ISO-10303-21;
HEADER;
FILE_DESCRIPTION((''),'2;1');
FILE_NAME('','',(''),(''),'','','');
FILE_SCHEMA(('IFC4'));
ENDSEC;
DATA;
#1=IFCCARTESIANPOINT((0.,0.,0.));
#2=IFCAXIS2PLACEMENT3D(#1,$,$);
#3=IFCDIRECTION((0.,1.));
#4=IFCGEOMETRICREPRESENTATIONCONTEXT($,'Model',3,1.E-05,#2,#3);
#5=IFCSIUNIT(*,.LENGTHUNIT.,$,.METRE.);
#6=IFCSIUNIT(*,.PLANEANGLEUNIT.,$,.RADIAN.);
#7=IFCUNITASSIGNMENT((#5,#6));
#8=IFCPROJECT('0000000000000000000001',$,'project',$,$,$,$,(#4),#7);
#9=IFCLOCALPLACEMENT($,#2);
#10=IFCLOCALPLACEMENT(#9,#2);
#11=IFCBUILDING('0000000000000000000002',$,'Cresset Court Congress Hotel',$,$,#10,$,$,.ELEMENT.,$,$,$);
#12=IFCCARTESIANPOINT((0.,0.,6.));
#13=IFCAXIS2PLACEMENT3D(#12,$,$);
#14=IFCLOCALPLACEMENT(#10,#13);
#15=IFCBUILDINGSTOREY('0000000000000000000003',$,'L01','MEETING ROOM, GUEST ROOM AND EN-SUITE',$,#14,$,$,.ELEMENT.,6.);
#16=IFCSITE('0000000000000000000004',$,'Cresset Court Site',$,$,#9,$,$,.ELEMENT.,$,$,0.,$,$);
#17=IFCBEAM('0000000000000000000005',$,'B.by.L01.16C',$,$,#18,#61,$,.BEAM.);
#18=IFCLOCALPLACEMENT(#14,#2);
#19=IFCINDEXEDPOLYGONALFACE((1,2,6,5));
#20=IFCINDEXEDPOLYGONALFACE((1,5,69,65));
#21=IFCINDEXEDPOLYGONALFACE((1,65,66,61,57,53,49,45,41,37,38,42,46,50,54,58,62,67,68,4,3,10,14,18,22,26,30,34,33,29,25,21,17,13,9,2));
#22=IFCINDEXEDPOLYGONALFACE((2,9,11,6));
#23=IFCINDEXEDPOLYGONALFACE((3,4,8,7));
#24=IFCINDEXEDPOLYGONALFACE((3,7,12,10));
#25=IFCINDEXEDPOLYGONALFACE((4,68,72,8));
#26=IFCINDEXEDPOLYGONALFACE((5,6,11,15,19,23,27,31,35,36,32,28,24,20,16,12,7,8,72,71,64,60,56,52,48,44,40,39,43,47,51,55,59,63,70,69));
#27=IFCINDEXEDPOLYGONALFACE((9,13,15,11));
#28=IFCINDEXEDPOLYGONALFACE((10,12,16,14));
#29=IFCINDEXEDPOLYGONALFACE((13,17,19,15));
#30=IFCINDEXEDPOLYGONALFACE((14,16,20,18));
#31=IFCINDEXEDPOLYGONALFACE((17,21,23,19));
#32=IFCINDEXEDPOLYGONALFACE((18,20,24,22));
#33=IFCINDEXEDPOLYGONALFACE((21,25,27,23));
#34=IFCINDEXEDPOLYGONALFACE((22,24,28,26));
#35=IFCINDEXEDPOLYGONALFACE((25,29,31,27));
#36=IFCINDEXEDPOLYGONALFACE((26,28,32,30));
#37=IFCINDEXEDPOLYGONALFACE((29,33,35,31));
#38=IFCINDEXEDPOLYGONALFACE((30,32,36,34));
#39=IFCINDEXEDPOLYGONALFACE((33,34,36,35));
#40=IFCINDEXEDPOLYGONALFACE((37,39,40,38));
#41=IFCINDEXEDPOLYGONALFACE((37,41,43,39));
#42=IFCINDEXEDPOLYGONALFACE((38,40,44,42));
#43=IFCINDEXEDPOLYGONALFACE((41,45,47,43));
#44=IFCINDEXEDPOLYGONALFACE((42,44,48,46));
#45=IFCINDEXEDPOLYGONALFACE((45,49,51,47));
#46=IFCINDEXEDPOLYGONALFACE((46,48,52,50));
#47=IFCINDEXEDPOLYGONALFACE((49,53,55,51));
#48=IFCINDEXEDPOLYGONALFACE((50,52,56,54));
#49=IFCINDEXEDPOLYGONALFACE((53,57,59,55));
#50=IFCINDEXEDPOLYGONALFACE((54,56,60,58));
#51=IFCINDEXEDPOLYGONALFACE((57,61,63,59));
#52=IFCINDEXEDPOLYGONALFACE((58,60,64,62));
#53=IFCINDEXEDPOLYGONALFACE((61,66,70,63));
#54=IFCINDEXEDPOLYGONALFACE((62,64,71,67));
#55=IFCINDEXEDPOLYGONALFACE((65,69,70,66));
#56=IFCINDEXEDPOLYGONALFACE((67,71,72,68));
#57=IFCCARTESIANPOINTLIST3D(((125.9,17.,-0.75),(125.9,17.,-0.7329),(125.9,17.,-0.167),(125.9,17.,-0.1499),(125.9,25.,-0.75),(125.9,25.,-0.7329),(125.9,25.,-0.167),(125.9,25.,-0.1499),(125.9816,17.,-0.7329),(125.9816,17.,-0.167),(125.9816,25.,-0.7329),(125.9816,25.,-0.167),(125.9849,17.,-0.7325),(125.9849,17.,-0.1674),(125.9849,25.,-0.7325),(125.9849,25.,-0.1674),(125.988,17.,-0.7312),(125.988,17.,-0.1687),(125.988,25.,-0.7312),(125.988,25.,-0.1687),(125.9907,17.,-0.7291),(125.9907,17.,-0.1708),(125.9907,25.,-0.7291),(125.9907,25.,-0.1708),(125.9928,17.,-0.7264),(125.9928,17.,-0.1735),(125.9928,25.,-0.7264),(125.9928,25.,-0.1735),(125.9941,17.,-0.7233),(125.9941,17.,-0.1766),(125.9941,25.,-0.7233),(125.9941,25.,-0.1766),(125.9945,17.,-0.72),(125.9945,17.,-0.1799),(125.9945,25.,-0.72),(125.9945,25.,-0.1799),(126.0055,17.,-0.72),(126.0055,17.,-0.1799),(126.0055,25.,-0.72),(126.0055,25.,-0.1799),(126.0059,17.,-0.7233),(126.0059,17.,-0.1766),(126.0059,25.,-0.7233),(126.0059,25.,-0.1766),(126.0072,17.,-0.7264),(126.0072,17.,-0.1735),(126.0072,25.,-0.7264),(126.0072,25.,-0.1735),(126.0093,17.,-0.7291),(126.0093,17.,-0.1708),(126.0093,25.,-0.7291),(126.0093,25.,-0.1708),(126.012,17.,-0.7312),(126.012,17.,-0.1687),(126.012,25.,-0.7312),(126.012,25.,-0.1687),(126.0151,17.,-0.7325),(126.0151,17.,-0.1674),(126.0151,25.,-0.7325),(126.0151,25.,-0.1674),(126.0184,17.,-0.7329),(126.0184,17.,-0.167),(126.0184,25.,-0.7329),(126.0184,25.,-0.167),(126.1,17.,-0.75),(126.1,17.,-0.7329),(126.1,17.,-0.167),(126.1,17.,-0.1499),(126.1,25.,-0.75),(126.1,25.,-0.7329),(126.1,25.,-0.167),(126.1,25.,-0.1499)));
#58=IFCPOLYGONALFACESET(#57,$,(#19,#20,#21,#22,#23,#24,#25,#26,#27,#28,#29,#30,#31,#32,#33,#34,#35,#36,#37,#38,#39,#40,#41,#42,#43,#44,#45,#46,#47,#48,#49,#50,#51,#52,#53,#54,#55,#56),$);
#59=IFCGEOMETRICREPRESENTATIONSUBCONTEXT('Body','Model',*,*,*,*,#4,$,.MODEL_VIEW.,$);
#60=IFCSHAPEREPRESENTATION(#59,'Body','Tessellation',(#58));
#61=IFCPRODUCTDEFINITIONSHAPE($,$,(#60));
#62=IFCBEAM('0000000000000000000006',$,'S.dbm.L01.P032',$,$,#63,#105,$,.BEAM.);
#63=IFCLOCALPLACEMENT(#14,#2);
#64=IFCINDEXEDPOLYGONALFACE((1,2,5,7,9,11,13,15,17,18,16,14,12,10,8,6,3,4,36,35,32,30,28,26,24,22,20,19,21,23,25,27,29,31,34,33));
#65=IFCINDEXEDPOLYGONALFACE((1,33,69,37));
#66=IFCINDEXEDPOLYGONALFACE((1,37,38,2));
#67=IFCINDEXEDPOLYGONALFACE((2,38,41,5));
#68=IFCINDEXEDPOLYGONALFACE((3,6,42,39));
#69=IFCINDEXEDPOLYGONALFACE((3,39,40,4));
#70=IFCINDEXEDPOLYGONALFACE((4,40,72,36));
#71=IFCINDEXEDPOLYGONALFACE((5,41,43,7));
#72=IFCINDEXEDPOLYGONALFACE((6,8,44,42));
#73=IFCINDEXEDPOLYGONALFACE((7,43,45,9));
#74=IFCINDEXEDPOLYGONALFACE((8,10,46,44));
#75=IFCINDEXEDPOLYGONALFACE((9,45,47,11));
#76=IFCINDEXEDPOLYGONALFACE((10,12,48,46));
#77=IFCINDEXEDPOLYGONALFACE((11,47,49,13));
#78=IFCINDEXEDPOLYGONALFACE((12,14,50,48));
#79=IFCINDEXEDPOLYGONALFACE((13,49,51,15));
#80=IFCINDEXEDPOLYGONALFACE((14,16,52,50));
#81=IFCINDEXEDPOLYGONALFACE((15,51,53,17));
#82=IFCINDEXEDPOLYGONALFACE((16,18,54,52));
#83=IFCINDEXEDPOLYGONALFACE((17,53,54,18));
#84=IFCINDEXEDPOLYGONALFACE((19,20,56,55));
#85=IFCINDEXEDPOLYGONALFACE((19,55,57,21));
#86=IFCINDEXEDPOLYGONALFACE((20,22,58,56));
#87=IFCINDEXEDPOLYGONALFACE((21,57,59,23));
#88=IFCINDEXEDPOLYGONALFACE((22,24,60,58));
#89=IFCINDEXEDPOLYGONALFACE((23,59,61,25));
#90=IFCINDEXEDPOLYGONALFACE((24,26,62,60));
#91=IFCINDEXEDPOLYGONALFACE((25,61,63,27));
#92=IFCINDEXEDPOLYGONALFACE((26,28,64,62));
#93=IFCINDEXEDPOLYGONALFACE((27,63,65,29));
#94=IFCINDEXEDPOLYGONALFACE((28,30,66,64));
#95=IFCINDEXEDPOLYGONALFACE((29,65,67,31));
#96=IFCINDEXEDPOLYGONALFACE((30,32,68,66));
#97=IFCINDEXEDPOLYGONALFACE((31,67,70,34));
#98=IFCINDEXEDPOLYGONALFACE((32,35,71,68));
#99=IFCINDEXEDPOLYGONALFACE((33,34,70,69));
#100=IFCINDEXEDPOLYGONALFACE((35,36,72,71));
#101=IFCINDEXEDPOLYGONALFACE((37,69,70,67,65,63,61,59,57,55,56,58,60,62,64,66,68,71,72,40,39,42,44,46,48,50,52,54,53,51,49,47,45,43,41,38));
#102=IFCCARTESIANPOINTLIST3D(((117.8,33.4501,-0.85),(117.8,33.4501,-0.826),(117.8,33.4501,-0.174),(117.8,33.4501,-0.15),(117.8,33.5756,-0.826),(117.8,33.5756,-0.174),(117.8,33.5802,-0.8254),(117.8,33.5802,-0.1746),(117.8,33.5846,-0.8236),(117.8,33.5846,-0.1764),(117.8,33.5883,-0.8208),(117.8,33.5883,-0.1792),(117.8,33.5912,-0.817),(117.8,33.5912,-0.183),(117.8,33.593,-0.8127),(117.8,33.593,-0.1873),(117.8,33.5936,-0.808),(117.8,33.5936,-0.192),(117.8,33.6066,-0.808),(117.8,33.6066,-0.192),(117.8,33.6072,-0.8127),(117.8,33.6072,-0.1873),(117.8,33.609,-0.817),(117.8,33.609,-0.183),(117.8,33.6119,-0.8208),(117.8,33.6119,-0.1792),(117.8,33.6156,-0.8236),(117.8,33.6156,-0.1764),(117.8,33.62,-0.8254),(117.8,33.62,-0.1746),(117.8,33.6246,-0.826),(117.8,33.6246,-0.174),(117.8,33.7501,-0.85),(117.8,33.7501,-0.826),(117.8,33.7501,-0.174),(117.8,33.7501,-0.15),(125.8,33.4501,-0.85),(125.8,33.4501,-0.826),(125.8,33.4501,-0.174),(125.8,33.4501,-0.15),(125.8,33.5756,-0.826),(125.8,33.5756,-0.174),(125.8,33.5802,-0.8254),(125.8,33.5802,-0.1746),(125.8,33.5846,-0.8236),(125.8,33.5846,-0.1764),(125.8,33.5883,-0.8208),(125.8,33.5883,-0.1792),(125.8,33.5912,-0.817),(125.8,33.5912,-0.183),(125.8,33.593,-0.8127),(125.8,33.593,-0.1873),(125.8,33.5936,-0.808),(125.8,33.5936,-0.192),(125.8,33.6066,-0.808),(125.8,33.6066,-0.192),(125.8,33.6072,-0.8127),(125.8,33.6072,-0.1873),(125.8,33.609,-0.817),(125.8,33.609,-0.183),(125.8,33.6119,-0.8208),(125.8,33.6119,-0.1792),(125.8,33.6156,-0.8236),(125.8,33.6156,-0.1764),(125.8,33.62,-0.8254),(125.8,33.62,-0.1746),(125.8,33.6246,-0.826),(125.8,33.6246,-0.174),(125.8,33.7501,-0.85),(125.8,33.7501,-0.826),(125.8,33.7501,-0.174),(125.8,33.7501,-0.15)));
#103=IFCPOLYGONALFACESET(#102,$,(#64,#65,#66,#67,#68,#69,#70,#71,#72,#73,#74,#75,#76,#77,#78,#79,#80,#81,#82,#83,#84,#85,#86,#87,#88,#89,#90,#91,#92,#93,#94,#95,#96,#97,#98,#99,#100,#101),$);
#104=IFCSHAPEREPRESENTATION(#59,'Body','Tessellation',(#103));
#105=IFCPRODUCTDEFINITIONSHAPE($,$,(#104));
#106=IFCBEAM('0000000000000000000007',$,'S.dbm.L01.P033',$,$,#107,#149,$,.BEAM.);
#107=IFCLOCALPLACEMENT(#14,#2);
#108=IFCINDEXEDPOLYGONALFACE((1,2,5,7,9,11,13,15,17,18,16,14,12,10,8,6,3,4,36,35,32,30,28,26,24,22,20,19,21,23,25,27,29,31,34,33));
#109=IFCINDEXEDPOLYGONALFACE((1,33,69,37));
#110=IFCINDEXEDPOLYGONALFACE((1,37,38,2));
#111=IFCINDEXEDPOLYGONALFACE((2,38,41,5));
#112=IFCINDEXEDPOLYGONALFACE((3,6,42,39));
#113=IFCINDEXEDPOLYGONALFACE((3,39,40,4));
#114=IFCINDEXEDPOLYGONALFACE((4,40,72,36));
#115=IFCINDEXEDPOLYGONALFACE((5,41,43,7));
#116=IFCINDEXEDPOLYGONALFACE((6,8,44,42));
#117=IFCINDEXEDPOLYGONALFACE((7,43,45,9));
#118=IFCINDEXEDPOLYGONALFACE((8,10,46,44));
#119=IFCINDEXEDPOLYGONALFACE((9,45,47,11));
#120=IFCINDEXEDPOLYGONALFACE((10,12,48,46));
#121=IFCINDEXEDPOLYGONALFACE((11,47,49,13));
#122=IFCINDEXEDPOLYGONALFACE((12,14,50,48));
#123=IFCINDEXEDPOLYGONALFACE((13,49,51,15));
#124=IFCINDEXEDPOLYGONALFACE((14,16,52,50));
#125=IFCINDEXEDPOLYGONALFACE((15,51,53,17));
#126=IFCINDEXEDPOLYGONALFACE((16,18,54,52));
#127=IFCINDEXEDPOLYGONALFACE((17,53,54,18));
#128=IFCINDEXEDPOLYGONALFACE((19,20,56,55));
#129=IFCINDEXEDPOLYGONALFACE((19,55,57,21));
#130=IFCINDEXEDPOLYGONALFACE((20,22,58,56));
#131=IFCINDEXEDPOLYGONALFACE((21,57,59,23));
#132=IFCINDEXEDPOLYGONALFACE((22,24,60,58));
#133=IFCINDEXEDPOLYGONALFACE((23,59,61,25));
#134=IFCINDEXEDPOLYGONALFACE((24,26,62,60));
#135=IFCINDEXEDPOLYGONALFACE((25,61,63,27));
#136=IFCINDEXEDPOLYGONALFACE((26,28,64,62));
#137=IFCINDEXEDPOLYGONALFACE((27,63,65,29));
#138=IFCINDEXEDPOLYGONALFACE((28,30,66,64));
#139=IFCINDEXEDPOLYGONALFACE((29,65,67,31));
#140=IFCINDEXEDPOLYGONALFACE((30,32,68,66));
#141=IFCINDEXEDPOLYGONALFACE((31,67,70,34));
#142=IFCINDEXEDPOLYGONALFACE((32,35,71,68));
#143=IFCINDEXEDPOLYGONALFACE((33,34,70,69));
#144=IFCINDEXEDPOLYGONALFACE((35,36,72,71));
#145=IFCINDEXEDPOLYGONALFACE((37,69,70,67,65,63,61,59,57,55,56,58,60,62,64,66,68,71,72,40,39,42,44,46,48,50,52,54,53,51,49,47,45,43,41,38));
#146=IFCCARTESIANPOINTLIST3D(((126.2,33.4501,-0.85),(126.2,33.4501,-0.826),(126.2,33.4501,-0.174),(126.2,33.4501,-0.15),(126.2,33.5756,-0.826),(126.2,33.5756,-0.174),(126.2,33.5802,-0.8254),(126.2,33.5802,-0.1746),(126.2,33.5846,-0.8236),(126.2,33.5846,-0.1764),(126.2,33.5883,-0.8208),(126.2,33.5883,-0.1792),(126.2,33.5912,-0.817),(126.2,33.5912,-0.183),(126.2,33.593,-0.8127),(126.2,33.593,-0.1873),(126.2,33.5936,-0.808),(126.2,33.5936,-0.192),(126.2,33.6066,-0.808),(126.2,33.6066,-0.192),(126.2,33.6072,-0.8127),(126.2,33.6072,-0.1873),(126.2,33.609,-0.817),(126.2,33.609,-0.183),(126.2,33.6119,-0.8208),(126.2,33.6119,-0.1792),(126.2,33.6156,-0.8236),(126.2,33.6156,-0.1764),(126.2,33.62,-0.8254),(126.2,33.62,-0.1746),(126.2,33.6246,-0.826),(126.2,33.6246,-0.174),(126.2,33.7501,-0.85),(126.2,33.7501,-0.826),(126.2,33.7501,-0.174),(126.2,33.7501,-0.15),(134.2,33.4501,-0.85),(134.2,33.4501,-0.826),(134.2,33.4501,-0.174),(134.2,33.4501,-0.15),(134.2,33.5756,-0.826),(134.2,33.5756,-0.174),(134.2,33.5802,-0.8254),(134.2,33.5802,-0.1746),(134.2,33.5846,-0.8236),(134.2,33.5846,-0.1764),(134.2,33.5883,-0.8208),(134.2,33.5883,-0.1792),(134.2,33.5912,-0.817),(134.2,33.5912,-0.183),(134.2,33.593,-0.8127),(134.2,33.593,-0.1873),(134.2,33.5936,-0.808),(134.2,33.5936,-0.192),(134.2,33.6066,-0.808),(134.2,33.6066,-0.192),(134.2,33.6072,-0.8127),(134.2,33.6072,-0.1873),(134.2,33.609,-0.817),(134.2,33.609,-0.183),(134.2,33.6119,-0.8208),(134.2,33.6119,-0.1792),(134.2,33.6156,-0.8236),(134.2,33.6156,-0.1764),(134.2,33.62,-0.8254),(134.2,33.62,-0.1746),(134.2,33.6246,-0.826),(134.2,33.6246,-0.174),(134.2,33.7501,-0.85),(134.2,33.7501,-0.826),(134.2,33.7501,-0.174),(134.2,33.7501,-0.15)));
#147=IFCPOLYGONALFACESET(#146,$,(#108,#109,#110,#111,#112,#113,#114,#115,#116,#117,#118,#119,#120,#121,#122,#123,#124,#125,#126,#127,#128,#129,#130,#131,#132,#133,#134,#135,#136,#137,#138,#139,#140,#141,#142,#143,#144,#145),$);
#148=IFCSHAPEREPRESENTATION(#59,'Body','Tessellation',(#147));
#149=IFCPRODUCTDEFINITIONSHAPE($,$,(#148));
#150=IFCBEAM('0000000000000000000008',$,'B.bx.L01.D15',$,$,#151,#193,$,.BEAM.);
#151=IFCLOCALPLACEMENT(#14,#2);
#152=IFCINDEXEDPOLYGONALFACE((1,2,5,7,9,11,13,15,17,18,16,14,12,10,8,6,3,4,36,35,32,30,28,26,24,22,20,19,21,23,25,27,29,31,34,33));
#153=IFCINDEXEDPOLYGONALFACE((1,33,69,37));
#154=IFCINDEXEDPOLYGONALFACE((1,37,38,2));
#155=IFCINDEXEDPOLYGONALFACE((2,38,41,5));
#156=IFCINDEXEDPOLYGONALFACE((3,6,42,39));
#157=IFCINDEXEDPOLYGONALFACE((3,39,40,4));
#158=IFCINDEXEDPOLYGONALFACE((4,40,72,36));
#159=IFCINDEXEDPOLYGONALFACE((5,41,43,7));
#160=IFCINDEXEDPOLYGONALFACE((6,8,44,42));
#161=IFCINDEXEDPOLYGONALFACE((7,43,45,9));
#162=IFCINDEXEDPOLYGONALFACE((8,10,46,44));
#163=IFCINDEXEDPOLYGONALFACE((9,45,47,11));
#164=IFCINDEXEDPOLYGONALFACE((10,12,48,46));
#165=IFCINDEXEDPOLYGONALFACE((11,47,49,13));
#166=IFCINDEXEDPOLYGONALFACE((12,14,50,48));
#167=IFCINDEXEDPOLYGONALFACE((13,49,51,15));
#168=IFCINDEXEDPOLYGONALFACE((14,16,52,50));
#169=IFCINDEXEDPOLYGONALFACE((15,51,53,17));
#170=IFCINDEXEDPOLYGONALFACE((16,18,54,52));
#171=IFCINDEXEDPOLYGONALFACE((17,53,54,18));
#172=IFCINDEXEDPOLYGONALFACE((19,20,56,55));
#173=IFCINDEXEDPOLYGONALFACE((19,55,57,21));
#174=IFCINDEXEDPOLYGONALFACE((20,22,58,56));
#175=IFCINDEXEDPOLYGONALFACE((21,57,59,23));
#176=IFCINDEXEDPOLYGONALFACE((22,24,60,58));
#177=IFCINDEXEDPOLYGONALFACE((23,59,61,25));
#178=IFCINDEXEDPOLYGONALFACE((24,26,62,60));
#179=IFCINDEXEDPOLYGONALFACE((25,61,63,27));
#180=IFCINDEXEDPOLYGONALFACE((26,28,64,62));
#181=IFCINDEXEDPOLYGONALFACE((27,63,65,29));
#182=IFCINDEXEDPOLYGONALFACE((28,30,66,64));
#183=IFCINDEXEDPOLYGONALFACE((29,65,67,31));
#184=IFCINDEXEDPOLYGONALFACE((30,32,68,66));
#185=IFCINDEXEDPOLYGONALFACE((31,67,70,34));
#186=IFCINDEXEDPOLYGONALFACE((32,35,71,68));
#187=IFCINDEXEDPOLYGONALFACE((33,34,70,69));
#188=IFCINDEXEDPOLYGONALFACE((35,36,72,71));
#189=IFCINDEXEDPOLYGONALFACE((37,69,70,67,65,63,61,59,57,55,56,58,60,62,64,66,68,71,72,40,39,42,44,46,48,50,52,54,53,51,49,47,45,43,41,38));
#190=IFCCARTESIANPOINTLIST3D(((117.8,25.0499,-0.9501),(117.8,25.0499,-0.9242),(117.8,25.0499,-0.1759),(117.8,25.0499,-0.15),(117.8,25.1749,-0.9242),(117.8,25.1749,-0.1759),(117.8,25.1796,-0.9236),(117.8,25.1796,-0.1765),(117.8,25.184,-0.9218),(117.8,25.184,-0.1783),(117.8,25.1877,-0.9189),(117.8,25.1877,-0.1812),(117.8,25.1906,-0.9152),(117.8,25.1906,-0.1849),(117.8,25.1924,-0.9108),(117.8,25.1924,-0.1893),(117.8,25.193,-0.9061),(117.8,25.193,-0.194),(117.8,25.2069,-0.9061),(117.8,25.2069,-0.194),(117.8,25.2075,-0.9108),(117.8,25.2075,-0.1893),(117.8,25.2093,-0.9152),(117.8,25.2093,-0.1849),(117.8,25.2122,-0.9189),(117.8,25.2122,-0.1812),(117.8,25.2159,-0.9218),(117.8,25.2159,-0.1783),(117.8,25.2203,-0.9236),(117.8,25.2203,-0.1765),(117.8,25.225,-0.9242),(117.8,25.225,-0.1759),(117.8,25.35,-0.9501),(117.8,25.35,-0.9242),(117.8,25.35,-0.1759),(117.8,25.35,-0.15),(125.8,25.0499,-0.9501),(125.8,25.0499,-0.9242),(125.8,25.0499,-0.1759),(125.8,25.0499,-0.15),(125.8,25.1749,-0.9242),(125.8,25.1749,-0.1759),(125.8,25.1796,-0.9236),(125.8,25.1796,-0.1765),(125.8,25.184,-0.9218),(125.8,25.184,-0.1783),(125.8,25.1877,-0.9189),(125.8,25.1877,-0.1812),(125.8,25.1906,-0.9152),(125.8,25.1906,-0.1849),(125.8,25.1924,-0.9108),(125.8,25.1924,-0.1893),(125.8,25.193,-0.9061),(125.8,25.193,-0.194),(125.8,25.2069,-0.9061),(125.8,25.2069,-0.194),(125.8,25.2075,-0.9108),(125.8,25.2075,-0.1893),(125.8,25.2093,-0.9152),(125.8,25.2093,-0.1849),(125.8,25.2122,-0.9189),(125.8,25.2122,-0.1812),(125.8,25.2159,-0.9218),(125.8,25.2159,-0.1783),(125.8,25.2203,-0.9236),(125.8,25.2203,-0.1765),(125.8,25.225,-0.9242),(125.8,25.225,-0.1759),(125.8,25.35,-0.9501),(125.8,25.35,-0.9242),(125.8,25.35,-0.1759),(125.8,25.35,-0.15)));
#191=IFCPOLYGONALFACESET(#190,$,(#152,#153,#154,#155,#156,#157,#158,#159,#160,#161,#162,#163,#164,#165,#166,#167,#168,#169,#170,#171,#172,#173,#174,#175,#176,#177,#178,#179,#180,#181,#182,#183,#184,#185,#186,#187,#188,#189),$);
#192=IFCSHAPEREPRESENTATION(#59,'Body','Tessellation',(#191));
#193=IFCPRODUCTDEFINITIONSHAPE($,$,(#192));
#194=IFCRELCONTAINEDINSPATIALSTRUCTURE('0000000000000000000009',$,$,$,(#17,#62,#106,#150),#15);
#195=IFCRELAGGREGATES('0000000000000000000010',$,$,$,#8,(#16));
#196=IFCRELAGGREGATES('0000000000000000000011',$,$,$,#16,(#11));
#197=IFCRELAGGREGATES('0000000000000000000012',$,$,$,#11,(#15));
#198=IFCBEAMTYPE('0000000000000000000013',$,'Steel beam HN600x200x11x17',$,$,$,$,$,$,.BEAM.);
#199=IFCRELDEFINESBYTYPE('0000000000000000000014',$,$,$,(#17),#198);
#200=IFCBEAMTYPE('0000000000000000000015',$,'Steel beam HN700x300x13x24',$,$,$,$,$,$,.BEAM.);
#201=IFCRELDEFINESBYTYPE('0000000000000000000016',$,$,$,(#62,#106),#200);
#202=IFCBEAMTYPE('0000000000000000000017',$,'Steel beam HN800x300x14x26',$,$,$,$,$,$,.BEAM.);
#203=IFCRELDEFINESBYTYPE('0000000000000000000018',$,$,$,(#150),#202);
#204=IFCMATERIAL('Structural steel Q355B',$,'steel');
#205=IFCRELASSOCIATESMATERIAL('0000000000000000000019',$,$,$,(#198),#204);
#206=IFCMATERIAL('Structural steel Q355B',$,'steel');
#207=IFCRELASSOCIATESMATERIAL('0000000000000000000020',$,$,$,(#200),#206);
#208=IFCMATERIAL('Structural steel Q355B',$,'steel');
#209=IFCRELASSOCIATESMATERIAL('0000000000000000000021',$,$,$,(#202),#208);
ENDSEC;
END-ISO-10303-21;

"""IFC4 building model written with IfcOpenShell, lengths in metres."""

from ifc_helpers import new_model, si_unit, direction, frame, origin, origin_2d, place, context, subcontext, project, spatial, i_section, extrude, material, material_profile, profile_set, type_object, element, save


model = new_model("IFC4")

# Units and contexts
model_context = context("Model", 3, precision=1e-05, world=origin(), true_north=direction((0.0, 1.0)))
body_context = subcontext(model_context, "Body", "Model", "MODEL_VIEW")
ifc_project = project(units=[si_unit("LENGTHUNIT", "METRE"), si_unit("PLANEANGLEUNIT", "RADIAN")], contexts=[model_context])

# Site, building, storey
site_placement = place(None, origin())
site = spatial("IfcSite", under=ifc_project, at=site_placement, Name="Cresset Court Site", CompositionType="ELEMENT", RefElevation=0.0)
building_placement = place(site_placement, origin())
building = spatial("IfcBuilding", under=site, at=building_placement, Name="Cresset Court Congress Hotel", CompositionType="ELEMENT")
storey_placement = place(building_placement, frame((0.0, 0.0, 6.0)))
storey = spatial("IfcBuildingStorey", under=building, at=storey_placement, Name="L01", Description="MEETING ROOM, GUEST ROOM AND EN-SUITE", CompositionType="ELEMENT", Elevation=6.0)

# Beams
ifc_material_1 = material(Name="Structural steel Q355B", Category="steel")
ifc_material_profile_1 = material_profile(ifc_material_1, i_section(OverallWidth=0.2, OverallDepth=0.6001, WebThickness=0.011, FlangeThickness=0.0171, FilletRadius=0.0129, at=origin_2d()), Name="HN600x200x11x17")
ifc_profile_set_1 = profile_set([ifc_material_profile_1], Name="Structural steel Q355B")
beam_type_1 = type_object("IfcBeamType", Name="Steel beam HN600x200x11x17", PredefinedType="BEAM", material=ifc_profile_set_1)
beam_1_placement = place(storey_placement, frame((126.0, 17.0, -0.45), z_axis=(0.0, 1.0, 0.0), x_axis=(-1.0, 0.0, 0.0)))
element("IfcBeam", 1, at=beam_1_placement, inside=storey, type_object=beam_type_1, Name="B.by.L01.16C", PredefinedType="BEAM", context=body_context, shape_type="SweptSolid", body=[
    extrude(i_section(OverallWidth=0.2, OverallDepth=0.6001, WebThickness=0.011, FlangeThickness=0.0171, FilletRadius=0.0129, at=origin_2d()), origin(), (0.0, 0.0, 1.0), 8.0),
])
ifc_material_2 = material(Name="Structural steel Q355B", Category="steel")
ifc_material_profile_2 = material_profile(ifc_material_2, i_section(OverallWidth=0.3, OverallDepth=0.7, WebThickness=0.0129, FlangeThickness=0.0239, FilletRadius=0.0181, at=origin_2d()), Name="HN700x300x13x24")
ifc_profile_set_2 = profile_set([ifc_material_profile_2], Name="Structural steel Q355B")
beam_type_2 = type_object("IfcBeamType", Name="Steel beam HN700x300x13x24", PredefinedType="BEAM", material=ifc_profile_set_2)
for number, where, z_axis, x_axis, name in (
    (2, (117.8, 33.6001, -0.5), (1.0, 0.0, 0.0), (0.0, 1.0, 0.0), "S.dbm.L01.P032"),
    (3, (126.2, 33.6001, -0.5), (1.0, 0.0, 0.0), (0.0, 1.0, 0.0), "S.dbm.L01.P033"),
):
    element("IfcBeam", number, at=place(storey_placement, frame(where, z_axis=z_axis, x_axis=x_axis)), inside=storey, type_object=beam_type_2, Name=name, PredefinedType="BEAM", context=body_context, shape_type="SweptSolid", body=[
        extrude(i_section(OverallWidth=0.3, OverallDepth=0.7, WebThickness=0.0129, FlangeThickness=0.0239, FilletRadius=0.0181, at=origin_2d()), origin(), (0.0, 0.0, 1.0), 8.0),
    ])
ifc_material_3 = material(Name="Structural steel Q355B", Category="steel")
ifc_material_profile_3 = material_profile(ifc_material_3, i_section(OverallWidth=0.3, OverallDepth=0.8, WebThickness=0.0139, FlangeThickness=0.0259, FilletRadius=0.0181, at=origin_2d()), Name="HN800x300x14x26")
ifc_profile_set_3 = profile_set([ifc_material_profile_3], Name="Structural steel Q355B")
beam_type_3 = type_object("IfcBeamType", Name="Steel beam HN800x300x14x26", PredefinedType="BEAM", material=ifc_profile_set_3)
for number, where, z_axis, x_axis, name in (
    (4, (117.8, 25.2, -0.55), (1.0, 0.0, 0.0), (0.0, 1.0, 0.0), "B.bx.L01.D15"),
):
    element("IfcBeam", number, at=place(storey_placement, frame(where, z_axis=z_axis, x_axis=x_axis)), inside=storey, type_object=beam_type_3, Name=name, PredefinedType="BEAM", context=body_context, shape_type="SweptSolid", body=[
        extrude(i_section(OverallWidth=0.3, OverallDepth=0.8, WebThickness=0.0139, FlangeThickness=0.0259, FilletRadius=0.0181, at=origin_2d()), origin(), (0.0, 0.0, 1.0), 8.0),
    ])

save(model, "model.ifc")
